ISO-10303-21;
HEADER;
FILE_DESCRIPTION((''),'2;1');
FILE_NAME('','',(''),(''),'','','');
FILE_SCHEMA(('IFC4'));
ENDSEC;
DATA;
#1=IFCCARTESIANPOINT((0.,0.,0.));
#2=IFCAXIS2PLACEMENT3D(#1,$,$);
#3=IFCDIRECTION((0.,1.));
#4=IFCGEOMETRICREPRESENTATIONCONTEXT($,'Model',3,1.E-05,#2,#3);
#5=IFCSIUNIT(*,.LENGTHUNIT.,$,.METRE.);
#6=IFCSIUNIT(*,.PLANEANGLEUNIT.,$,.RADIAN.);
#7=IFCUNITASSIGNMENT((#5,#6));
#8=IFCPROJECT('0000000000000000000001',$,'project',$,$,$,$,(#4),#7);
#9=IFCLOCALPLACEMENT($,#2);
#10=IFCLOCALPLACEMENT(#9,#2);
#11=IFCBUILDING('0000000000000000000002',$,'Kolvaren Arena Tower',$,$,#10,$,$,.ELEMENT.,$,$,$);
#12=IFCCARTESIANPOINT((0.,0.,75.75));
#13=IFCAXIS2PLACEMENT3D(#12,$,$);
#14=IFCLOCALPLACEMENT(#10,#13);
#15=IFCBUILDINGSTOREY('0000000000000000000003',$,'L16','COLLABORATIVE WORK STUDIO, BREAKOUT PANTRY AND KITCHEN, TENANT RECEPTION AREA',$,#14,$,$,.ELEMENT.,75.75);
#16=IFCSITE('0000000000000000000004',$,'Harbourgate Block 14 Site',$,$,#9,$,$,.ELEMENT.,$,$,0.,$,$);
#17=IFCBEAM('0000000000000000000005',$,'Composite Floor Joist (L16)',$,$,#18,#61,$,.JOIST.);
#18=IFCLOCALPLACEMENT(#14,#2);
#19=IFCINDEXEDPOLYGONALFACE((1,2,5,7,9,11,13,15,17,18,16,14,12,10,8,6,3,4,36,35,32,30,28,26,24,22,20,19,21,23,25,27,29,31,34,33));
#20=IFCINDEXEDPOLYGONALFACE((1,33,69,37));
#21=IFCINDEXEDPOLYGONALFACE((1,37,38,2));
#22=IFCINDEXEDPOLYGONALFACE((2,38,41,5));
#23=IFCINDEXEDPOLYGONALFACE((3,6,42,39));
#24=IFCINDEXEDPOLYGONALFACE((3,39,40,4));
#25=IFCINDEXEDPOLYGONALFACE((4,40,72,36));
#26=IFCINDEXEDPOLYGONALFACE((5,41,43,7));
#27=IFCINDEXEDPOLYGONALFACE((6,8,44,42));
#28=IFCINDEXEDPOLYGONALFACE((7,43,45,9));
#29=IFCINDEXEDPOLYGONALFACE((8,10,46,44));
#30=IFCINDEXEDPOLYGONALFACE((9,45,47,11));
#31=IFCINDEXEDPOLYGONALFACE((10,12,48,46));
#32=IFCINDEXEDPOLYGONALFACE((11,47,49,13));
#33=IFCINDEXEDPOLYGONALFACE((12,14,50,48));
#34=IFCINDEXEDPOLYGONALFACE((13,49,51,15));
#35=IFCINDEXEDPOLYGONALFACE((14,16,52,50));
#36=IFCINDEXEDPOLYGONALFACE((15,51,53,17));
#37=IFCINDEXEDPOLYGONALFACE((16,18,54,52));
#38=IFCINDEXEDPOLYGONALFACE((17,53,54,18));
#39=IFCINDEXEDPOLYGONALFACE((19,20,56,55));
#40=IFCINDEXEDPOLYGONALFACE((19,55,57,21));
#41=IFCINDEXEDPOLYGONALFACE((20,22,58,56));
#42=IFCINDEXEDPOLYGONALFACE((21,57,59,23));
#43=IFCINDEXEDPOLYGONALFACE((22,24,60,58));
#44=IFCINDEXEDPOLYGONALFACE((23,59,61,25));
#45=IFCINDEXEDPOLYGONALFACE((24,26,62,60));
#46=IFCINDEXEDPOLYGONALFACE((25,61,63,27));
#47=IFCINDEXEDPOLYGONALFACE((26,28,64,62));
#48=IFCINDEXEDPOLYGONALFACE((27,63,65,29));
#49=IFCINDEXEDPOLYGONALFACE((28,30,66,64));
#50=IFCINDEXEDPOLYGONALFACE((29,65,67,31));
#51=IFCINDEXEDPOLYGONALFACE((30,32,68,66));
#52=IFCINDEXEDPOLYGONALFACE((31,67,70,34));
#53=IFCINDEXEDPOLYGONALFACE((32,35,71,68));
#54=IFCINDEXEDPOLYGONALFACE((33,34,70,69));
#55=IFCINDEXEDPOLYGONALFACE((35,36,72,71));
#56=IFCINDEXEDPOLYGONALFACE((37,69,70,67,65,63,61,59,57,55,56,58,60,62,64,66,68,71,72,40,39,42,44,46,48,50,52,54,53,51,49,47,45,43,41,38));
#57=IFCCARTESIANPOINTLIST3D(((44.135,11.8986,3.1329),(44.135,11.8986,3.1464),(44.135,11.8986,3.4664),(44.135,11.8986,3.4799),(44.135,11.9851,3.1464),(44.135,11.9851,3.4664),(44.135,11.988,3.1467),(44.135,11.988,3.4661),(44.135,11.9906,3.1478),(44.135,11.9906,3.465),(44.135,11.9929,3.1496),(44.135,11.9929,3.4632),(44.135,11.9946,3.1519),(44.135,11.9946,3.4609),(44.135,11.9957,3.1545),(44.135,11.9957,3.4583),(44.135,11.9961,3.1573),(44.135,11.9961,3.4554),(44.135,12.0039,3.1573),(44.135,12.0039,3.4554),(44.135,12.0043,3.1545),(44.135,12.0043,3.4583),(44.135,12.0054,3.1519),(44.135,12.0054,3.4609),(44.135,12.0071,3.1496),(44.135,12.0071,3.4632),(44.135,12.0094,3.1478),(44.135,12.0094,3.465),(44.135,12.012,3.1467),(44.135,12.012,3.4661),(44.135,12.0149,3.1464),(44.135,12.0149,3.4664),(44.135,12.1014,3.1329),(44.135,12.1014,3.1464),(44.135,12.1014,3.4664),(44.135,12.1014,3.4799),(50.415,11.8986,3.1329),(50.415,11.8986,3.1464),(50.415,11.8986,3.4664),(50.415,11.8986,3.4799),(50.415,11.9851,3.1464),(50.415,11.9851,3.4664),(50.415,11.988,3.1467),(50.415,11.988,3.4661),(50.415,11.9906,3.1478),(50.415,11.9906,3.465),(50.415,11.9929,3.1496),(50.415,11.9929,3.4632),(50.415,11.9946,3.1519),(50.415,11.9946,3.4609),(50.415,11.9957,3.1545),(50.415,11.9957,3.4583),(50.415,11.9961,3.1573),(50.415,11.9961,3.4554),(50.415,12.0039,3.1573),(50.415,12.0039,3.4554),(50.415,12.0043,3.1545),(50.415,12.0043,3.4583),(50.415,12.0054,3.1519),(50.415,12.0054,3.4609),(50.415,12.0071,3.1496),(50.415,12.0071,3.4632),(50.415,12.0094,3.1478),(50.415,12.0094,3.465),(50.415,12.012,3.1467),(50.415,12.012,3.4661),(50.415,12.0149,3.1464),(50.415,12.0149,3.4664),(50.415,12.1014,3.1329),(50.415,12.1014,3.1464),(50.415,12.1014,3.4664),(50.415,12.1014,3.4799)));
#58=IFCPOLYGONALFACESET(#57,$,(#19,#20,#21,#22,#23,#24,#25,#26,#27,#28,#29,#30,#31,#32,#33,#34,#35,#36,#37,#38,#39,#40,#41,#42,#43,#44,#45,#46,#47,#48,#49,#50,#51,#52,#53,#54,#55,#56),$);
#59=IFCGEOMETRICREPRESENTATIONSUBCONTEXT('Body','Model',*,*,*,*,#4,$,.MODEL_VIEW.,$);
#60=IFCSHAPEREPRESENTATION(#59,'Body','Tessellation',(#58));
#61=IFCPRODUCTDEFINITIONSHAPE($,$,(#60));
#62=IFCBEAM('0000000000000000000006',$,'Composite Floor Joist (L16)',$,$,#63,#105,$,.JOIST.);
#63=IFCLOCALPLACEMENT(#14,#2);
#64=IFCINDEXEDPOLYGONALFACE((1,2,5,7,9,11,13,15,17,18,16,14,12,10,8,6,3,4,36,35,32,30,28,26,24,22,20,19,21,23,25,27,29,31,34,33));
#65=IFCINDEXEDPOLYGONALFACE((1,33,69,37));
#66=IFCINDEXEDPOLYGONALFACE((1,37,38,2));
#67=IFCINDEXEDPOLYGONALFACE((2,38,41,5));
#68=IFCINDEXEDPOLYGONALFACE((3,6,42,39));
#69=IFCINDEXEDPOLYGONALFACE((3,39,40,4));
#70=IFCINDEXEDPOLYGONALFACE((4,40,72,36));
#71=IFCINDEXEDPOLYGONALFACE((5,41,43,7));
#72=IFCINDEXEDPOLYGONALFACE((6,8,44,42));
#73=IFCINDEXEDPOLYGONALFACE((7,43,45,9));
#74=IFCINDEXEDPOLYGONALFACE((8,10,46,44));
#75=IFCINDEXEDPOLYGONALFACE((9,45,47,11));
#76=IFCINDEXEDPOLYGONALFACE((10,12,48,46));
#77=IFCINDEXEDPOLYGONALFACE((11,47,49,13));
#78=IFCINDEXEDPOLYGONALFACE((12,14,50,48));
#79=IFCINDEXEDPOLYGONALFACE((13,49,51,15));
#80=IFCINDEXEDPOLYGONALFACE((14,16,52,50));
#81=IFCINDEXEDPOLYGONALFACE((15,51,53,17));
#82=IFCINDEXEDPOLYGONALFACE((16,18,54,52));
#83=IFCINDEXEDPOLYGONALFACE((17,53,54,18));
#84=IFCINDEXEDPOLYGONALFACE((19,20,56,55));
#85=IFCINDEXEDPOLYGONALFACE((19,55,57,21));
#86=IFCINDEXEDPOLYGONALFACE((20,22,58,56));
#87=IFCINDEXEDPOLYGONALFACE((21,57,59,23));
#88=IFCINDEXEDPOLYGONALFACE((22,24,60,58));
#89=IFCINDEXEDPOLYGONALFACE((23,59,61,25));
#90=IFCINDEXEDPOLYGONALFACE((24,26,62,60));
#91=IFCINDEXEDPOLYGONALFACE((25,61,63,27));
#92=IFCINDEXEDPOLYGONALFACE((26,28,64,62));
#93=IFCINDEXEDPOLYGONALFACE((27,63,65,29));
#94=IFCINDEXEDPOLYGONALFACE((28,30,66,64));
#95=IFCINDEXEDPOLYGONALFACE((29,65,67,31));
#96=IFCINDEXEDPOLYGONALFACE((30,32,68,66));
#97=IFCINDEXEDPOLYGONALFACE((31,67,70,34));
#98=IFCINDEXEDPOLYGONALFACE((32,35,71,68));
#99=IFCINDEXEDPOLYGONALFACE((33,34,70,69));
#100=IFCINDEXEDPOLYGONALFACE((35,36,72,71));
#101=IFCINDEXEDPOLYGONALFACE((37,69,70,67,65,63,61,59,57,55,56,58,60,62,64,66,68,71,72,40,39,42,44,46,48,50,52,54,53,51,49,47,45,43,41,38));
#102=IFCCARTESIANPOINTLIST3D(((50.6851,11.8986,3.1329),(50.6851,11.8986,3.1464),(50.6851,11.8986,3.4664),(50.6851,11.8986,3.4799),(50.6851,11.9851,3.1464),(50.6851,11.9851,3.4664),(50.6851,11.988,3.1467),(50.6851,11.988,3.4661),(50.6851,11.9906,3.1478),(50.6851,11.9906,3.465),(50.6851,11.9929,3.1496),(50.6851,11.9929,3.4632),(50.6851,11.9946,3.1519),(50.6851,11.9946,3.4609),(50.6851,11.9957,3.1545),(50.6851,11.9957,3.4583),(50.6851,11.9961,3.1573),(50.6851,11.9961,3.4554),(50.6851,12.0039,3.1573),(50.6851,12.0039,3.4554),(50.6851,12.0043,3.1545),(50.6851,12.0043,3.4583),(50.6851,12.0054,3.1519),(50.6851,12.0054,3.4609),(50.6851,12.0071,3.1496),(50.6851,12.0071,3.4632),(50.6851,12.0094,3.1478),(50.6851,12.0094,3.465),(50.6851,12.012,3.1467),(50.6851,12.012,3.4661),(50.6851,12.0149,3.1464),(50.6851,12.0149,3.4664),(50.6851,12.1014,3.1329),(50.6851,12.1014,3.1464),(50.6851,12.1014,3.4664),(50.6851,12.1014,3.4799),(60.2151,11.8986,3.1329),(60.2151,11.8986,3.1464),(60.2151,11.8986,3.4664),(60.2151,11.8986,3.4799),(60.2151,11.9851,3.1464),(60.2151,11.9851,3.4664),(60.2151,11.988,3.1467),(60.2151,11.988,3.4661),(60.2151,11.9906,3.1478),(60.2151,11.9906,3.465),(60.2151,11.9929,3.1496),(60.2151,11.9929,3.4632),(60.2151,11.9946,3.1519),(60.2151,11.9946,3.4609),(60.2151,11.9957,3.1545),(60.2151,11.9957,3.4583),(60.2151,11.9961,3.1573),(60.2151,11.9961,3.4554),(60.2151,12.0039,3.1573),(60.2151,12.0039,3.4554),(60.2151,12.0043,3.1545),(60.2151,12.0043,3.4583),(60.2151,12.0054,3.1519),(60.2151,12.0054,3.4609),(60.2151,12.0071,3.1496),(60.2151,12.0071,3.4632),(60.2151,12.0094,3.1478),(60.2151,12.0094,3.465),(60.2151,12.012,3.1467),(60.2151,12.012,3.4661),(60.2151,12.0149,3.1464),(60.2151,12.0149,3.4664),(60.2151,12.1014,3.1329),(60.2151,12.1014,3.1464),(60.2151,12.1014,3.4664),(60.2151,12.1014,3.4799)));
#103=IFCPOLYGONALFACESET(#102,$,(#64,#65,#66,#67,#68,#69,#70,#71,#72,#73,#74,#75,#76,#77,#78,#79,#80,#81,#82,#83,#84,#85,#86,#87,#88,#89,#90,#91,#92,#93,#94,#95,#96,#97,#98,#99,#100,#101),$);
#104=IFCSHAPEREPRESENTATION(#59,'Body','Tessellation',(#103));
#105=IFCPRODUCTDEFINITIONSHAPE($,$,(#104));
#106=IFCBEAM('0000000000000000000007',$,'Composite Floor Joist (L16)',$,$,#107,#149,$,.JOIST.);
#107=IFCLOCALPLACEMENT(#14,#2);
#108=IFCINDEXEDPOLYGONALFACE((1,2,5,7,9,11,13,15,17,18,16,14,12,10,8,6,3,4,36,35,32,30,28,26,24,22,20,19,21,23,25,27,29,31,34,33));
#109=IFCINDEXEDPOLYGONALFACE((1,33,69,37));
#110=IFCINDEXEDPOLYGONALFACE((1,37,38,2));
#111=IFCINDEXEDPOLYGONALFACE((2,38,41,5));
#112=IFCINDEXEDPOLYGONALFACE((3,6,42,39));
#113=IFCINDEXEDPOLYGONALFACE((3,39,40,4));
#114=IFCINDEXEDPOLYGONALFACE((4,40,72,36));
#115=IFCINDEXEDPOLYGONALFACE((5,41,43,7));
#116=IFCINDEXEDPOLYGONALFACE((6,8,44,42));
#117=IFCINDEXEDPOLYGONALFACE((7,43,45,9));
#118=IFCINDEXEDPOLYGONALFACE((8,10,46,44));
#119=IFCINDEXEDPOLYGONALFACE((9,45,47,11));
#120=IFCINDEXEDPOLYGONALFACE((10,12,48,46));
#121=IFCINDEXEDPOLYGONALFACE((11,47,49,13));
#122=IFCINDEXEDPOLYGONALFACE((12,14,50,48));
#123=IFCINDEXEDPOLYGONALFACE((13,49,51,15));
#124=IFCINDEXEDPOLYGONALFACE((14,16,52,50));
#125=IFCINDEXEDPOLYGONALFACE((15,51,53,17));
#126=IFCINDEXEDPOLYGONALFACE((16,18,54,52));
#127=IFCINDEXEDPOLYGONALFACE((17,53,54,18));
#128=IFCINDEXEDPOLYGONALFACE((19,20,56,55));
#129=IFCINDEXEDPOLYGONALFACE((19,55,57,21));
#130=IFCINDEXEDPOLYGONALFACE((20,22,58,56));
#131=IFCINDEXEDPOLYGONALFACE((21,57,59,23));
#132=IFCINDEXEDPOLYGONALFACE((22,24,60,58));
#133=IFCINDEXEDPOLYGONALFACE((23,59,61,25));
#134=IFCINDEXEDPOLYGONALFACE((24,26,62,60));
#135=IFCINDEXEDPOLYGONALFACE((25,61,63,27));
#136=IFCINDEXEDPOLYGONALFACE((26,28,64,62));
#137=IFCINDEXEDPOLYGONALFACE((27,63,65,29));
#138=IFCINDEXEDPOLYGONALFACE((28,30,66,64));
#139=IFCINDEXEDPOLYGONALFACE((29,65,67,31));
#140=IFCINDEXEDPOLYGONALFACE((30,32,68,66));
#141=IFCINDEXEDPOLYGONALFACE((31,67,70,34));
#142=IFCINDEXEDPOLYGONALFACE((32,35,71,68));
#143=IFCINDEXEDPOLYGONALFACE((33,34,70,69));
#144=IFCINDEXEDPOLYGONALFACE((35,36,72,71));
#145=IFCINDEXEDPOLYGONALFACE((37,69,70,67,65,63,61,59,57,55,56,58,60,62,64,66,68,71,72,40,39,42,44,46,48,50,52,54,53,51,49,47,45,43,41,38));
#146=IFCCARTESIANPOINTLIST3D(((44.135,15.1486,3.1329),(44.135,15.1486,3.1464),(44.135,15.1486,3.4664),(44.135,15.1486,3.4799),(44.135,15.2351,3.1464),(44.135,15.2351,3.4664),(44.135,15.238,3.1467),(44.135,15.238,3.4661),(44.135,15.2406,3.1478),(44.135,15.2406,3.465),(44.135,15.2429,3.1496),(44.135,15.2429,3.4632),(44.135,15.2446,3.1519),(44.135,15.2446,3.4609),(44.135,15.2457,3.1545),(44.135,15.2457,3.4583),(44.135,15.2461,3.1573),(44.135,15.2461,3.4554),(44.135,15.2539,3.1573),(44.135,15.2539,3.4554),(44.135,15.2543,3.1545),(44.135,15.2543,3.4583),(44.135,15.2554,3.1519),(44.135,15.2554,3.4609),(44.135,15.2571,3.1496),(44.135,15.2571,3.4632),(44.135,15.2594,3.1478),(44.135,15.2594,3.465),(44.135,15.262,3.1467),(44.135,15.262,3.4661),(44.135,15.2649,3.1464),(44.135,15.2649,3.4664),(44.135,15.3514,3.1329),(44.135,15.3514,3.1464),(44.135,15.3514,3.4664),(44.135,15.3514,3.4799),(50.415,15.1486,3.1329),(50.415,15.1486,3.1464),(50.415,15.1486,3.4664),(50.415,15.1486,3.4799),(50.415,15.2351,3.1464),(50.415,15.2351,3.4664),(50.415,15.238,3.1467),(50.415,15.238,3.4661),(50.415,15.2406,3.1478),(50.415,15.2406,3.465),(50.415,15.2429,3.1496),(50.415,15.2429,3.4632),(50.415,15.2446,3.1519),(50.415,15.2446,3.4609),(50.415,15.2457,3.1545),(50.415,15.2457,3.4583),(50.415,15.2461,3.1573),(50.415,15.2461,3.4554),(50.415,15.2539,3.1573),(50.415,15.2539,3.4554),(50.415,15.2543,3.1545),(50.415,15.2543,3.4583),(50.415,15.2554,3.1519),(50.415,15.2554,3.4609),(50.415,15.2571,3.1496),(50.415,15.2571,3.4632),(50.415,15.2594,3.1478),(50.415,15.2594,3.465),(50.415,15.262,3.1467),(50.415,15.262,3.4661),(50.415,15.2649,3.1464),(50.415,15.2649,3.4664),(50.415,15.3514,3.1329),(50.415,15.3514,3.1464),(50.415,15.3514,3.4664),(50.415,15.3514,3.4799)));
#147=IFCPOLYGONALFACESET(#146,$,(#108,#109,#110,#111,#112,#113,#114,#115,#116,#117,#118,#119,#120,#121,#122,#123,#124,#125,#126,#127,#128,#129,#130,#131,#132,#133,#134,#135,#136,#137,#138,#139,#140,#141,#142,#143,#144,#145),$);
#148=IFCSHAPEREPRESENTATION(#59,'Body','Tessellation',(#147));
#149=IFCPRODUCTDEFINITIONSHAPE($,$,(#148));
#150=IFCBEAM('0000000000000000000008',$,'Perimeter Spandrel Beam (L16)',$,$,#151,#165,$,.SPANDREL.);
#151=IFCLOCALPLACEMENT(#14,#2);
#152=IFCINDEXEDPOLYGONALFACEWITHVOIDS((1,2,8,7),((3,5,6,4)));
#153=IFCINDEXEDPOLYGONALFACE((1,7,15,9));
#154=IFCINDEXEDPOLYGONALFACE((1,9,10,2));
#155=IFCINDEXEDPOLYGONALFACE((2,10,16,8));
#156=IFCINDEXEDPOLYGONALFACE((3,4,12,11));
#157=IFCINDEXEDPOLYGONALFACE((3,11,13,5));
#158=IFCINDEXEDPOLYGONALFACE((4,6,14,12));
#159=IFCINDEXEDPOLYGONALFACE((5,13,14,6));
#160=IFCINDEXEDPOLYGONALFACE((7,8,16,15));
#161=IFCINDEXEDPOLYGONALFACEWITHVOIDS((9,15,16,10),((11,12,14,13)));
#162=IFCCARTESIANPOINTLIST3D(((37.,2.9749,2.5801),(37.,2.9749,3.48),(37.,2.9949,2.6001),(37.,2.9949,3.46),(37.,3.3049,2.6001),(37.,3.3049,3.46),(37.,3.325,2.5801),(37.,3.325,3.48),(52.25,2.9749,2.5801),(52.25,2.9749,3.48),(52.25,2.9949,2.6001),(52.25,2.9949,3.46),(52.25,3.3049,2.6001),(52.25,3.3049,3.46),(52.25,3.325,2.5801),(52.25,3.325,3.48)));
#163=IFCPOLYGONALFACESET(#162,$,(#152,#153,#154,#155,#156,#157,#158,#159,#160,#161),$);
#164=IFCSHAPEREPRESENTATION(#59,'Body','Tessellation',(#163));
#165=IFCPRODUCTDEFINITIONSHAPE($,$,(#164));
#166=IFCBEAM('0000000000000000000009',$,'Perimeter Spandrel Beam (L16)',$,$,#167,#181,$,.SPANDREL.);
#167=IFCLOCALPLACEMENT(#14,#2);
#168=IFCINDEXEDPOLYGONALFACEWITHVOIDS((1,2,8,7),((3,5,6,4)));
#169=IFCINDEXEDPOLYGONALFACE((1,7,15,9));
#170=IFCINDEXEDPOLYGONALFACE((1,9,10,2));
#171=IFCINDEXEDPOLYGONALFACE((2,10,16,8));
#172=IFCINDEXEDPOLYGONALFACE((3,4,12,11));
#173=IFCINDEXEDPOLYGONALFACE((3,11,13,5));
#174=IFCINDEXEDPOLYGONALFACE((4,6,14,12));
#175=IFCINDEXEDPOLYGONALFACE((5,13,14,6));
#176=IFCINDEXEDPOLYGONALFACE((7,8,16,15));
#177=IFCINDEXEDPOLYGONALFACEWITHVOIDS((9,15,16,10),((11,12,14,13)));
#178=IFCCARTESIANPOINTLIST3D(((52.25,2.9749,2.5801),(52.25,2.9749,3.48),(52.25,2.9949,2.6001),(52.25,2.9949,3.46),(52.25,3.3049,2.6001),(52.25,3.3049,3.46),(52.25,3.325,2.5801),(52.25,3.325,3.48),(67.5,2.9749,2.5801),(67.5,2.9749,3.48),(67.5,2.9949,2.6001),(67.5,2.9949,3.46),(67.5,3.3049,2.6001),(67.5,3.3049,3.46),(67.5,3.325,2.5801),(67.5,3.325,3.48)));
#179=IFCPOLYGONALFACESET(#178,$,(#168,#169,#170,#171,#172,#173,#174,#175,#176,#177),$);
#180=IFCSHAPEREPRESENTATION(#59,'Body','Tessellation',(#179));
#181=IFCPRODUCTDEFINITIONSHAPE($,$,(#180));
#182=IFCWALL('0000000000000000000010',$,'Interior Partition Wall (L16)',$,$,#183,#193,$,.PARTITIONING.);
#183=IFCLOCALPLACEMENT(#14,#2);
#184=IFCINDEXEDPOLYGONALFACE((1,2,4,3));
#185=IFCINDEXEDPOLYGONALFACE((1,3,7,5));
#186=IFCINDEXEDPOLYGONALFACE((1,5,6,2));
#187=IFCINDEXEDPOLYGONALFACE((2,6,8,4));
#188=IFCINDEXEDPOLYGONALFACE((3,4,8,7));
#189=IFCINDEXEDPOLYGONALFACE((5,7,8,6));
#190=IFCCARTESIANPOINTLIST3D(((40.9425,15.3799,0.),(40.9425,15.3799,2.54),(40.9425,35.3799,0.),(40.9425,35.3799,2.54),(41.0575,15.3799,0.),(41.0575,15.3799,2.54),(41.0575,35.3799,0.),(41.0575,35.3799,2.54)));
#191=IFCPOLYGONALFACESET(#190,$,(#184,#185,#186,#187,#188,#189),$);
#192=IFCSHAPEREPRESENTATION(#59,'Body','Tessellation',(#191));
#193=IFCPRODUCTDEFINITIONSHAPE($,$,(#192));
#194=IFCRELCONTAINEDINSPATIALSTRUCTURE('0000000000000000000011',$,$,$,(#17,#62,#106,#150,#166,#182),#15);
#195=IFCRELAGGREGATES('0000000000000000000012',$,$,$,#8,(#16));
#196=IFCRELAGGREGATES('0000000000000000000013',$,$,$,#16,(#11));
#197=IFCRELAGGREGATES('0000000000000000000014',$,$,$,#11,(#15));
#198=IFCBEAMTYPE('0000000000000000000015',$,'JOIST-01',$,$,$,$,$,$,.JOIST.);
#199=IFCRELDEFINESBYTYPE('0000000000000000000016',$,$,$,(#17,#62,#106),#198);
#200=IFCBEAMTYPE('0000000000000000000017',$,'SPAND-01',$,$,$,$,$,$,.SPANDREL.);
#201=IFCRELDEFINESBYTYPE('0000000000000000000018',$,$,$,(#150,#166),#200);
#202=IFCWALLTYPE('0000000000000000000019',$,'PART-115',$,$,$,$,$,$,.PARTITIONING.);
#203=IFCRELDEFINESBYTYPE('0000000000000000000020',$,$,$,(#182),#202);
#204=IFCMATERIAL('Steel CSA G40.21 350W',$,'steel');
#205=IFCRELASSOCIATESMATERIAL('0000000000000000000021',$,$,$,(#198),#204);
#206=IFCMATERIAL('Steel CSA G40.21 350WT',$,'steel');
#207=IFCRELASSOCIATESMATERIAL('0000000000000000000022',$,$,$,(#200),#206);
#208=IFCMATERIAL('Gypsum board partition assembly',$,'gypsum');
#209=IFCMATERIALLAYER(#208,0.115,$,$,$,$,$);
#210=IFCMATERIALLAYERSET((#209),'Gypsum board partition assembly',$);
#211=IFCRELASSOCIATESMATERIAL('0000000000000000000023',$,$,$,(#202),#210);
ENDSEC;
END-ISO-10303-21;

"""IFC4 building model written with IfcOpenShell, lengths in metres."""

from ifc_helpers import new_model, si_unit, direction, frame, frame_2d, origin, origin_2d, place, context, subcontext, project, spatial, rectangle, hollow_rectangle, i_section, extrude, material, layer, layer_set, material_profile, profile_set, type_object, element, save


model = new_model("IFC4")

# Units and contexts
model_context = context("Model", 3, precision=1e-05, world=origin(), true_north=direction((0.0, 1.0)))
body_context = subcontext(model_context, "Body", "Model", "MODEL_VIEW")
ifc_project = project(units=[si_unit("LENGTHUNIT", "METRE"), si_unit("PLANEANGLEUNIT", "RADIAN")], contexts=[model_context])

# Site, building, storey
site_placement = place(None, origin())
site = spatial("IfcSite", under=ifc_project, at=site_placement, Name="Harbourgate Block 14 Site", CompositionType="ELEMENT", RefElevation=0.0)
building_placement = place(site_placement, origin())
building = spatial("IfcBuilding", under=site, at=building_placement, Name="Kolvaren Arena Tower", CompositionType="ELEMENT")
storey_placement = place(building_placement, frame((0.0, 0.0, 75.75)))
storey = spatial("IfcBuildingStorey", under=building, at=storey_placement, Name="L16", Description="COLLABORATIVE WORK STUDIO, BREAKOUT PANTRY AND KITCHEN, TENANT RECEPTION AREA", CompositionType="ELEMENT", Elevation=75.75)

# Beams
ifc_material_1 = material(Name="Steel CSA G40.21 350W", Category="steel")
ifc_material_profile_1 = material_profile(ifc_material_1, i_section(OverallWidth=0.2029, OverallDepth=0.3469, WebThickness=0.0078, FlangeThickness=0.0134, FilletRadius=0.011, at=origin_2d()), Name="W360x64")
ifc_profile_set_1 = profile_set([ifc_material_profile_1], Name="Steel CSA G40.21 350W")
beam_type_1 = type_object("IfcBeamType", Name="JOIST-01", PredefinedType="JOIST", material=ifc_profile_set_1)
beam_1_placement = place(storey_placement, frame((44.135, 12.0, 3.3064), z_axis=(1.0, 0.0, 0.0), x_axis=(0.0, 1.0, 0.0)))
element("IfcBeam", 1, at=beam_1_placement, inside=storey, type_object=beam_type_1, Name="Composite Floor Joist (L16)", PredefinedType="JOIST", context=body_context, shape_type="SweptSolid", body=[
    extrude(i_section(OverallWidth=0.2029, OverallDepth=0.3469, WebThickness=0.0078, FlangeThickness=0.0134, FilletRadius=0.011, at=origin_2d()), origin(), (0.0, 0.0, 1.0), 6.28),
])
beam_2_placement = place(storey_placement, frame((50.6851, 12.0, 3.3064), z_axis=(1.0, 0.0, 0.0), x_axis=(0.0, 1.0, 0.0)))
element("IfcBeam", 2, at=beam_2_placement, inside=storey, type_object=beam_type_1, Name="Composite Floor Joist (L16)", PredefinedType="JOIST", context=body_context, shape_type="SweptSolid", body=[
    extrude(i_section(OverallWidth=0.2029, OverallDepth=0.3469, WebThickness=0.0078, FlangeThickness=0.0134, FilletRadius=0.011, at=origin_2d()), origin(), (0.0, 0.0, 1.0), 9.53),
])
beam_3_placement = place(storey_placement, frame((44.135, 15.25, 3.3064), z_axis=(1.0, 0.0, 0.0), x_axis=(0.0, 1.0, 0.0)))
element("IfcBeam", 3, at=beam_3_placement, inside=storey, type_object=beam_type_1, Name="Composite Floor Joist (L16)", PredefinedType="JOIST", context=body_context, shape_type="SweptSolid", body=[
    extrude(i_section(OverallWidth=0.2029, OverallDepth=0.3469, WebThickness=0.0078, FlangeThickness=0.0134, FilletRadius=0.011, at=origin_2d()), origin(), (0.0, 0.0, 1.0), 6.28),
])
ifc_material_2 = material(Name="Steel CSA G40.21 350WT", Category="steel")
ifc_material_profile_2 = material_profile(ifc_material_2, hollow_rectangle(XDim=0.3501, YDim=0.8999, WallThickness=0.02, at=origin_2d()), Name="HSS 900x350x20")
ifc_profile_set_2 = profile_set([ifc_material_profile_2], Name="Steel CSA G40.21 350WT")
beam_type_2 = type_object("IfcBeamType", Name="SPAND-01", PredefinedType="SPANDREL", material=ifc_profile_set_2)
for number, where, z_axis, x_axis, name in (
    (4, (37.0, 3.1499, 3.03), (1.0, 0.0, 0.0), (0.0, 1.0, 0.0), "Perimeter Spandrel Beam (L16)"),
    (5, (52.25, 3.1499, 3.03), (1.0, 0.0, 0.0), (0.0, 1.0, 0.0), "Perimeter Spandrel Beam (L16)"),
):
    element("IfcBeam", number, at=place(storey_placement, frame(where, z_axis=z_axis, x_axis=x_axis)), inside=storey, type_object=beam_type_2, Name=name, PredefinedType="SPANDREL", context=body_context, shape_type="SweptSolid", body=[
        extrude(hollow_rectangle(XDim=0.3501, YDim=0.8999, WallThickness=0.02, at=origin_2d()), origin(), (0.0, 0.0, 1.0), 15.25),
    ])

# Wall
ifc_material_3 = material(Name="Gypsum board partition assembly", Category="gypsum")
ifc_layer_1 = layer(ifc_material_3, 0.115)
ifc_layer_set_1 = layer_set([ifc_layer_1], Name="Gypsum board partition assembly")
wall_type_1 = type_object("IfcWallType", Name="PART-115", PredefinedType="PARTITIONING", material=ifc_layer_set_1)
for number, where, z_axis, x_axis, name in (
    (6, (41.0, 15.3799, 0.0), (0.0, 0.0, 1.0), (0.0, 1.0, 0.0), "Interior Partition Wall (L16)"),
):
    element("IfcWall", number, at=place(storey_placement, frame(where, z_axis=z_axis, x_axis=x_axis)), inside=storey, type_object=wall_type_1, Name=name, PredefinedType="PARTITIONING", context=body_context, shape_type="SweptSolid", body=[
        extrude(rectangle(XDim=20.0, YDim=0.115, at=frame_2d((10.0, 0.0))), origin(), (0.0, 0.0, 1.0), 2.54),
    ])

save(model, "model.ifc")
